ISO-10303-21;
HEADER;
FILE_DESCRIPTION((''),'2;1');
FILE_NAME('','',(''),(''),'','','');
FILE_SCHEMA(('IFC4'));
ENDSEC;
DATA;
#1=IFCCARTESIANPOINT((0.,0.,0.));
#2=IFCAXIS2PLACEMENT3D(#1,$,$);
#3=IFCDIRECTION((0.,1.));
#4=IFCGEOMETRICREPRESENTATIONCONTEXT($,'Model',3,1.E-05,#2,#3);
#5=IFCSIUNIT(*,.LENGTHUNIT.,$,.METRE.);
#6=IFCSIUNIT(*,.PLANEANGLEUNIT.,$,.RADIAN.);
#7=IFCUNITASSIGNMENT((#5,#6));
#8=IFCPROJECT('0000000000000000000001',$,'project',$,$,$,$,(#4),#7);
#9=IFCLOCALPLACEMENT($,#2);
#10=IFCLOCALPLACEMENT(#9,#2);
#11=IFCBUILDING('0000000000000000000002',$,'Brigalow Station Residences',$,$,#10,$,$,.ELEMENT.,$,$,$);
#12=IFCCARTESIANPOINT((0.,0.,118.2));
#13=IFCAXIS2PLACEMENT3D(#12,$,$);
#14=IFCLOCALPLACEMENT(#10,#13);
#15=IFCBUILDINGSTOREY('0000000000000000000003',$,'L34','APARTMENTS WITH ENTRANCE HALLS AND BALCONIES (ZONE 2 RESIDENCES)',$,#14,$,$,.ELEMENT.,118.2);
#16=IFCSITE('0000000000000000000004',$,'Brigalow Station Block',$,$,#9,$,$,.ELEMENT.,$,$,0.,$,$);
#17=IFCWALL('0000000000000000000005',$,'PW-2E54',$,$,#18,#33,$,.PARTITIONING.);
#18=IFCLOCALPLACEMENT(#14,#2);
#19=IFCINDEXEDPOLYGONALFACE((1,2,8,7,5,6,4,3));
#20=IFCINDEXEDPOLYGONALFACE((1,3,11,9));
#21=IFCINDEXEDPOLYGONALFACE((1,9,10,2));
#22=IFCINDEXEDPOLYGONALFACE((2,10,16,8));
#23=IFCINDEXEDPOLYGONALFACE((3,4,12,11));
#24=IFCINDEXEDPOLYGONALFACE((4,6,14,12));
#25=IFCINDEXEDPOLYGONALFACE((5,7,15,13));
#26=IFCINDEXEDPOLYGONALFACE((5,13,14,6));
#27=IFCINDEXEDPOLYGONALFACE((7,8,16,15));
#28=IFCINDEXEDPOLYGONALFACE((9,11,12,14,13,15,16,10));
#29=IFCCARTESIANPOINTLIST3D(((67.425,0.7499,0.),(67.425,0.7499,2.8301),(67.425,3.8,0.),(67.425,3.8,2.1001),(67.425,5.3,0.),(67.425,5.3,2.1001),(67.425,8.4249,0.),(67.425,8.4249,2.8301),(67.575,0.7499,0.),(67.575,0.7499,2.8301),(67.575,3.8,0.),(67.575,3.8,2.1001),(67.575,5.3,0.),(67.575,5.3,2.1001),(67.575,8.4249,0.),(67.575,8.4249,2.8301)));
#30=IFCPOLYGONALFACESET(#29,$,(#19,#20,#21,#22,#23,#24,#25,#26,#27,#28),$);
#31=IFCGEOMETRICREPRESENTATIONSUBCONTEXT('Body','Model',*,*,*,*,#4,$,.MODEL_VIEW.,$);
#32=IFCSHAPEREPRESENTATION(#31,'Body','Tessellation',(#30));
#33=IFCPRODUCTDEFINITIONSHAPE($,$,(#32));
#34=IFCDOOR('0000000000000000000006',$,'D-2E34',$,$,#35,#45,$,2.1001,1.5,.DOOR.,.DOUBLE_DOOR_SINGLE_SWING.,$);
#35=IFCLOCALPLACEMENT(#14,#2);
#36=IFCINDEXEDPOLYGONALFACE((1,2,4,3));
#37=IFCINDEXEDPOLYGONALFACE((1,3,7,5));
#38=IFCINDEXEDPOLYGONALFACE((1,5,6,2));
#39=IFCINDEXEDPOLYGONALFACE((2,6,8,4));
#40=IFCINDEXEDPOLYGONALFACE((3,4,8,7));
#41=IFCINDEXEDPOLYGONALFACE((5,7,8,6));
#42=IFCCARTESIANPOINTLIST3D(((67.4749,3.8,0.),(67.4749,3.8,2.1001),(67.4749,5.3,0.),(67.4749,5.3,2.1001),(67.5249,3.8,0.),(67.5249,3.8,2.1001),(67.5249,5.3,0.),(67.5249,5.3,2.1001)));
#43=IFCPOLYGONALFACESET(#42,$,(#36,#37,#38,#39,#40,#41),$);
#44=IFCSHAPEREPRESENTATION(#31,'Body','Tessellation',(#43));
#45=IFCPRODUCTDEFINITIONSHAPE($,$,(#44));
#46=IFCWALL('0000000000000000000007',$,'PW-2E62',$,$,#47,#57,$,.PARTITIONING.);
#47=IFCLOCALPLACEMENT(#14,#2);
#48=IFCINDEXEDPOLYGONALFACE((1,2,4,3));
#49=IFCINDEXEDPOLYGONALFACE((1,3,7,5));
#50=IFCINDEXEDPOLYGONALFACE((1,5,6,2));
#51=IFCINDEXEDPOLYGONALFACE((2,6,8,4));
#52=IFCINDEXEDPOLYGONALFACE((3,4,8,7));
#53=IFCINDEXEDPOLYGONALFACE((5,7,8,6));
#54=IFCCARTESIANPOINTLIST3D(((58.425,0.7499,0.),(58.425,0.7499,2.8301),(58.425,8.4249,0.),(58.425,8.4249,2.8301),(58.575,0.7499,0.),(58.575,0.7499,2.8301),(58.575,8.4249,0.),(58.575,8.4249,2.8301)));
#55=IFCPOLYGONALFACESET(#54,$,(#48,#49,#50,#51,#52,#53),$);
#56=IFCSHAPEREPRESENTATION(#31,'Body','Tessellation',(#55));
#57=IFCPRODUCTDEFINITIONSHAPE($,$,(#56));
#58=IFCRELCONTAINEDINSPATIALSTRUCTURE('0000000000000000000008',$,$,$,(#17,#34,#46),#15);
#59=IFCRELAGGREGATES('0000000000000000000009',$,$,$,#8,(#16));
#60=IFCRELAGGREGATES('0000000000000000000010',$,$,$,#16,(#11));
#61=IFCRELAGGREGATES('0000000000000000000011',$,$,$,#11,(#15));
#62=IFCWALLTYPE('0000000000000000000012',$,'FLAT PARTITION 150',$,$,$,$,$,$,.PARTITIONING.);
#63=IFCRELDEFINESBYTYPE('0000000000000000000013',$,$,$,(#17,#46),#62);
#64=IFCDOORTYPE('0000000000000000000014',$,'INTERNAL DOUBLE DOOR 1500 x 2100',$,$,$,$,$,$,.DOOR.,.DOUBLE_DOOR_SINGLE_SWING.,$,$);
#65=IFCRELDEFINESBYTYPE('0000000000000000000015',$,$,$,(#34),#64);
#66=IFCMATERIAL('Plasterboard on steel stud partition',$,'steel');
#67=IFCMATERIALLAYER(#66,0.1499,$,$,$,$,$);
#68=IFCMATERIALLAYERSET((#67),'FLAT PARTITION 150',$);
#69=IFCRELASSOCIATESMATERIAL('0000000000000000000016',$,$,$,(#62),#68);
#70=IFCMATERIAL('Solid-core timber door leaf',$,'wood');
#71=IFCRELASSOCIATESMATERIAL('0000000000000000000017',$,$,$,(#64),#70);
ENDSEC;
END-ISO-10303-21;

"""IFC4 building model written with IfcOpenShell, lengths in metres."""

from ifc_helpers import new_model, si_unit, direction, frame, frame_2d, origin, place, context, subcontext, project, spatial, rectangle, extrude, material, layer, layer_set, type_object, element, fill, save


model = new_model("IFC4")

# Units and contexts
model_context = context("Model", 3, precision=1e-05, world=origin(), true_north=direction((0.0, 1.0)))
body_context = subcontext(model_context, "Body", "Model", "MODEL_VIEW")
ifc_project = project(units=[si_unit("LENGTHUNIT", "METRE"), si_unit("PLANEANGLEUNIT", "RADIAN")], contexts=[model_context])

# Site, building, storey
site_placement = place(None, origin())
site = spatial("IfcSite", under=ifc_project, at=site_placement, Name="Brigalow Station Block", CompositionType="ELEMENT", RefElevation=0.0)
building_placement = place(site_placement, origin())
building = spatial("IfcBuilding", under=site, at=building_placement, Name="Brigalow Station Residences", CompositionType="ELEMENT")
storey_placement = place(building_placement, frame((0.0, 0.0, 118.2)))
storey = spatial("IfcBuildingStorey", under=building, at=storey_placement, Name="L34", Description="APARTMENTS WITH ENTRANCE HALLS AND BALCONIES (ZONE 2 RESIDENCES)", CompositionType="ELEMENT", Elevation=118.2)

# Wall, opening, door
ifc_material_1 = material(Name="Plasterboard on steel stud partition", Category="steel")
ifc_layer_1 = layer(ifc_material_1, 0.1499)
ifc_layer_set_1 = layer_set([ifc_layer_1], Name="FLAT PARTITION 150")
wall_type_1 = type_object("IfcWallType", Name="FLAT PARTITION 150", PredefinedType="PARTITIONING", material=ifc_layer_set_1)
wall_1_placement = place(storey_placement, frame((67.5, 0.75, 0.0), z_axis=(0.0, 0.0, 1.0), x_axis=(0.0, 1.0, 0.0)))
wall_1 = element("IfcWall", 1, at=wall_1_placement, inside=storey, type_object=wall_type_1, Name="PW-2E54", PredefinedType="PARTITIONING", context=body_context, shape_type="SweptSolid", body=[
    extrude(rectangle(XDim=7.675, YDim=0.1499, at=frame_2d((3.8374, 0.0))), origin(), (0.0, 0.0, 1.0), 2.8301),
])
opening_1_placement = place(wall_1_placement, frame((3.05, 0.0, 0.0)))
opening_1 = element("IfcOpeningElement", 2, at=opening_1_placement, cuts=wall_1, PredefinedType="OPENING", context=body_context, shape_type="SweptSolid", body=[
    extrude(rectangle(XDim=1.5, YDim=2.1001, at=frame_2d((0.75, 1.05))), frame((0.0, 0.085, 0.0), z_axis=(0.0, -1.0, 0.0), x_axis=(1.0, 0.0, 0.0)), (0.0, 0.0, 1.0), 0.1699),
])
ifc_material_2 = material(Name="Solid-core timber door leaf", Category="wood")
door_type = type_object("IfcDoorType", Name="INTERNAL DOUBLE DOOR 1500 x 2100", OperationType="DOUBLE_DOOR_SINGLE_SWING", PredefinedType="DOOR", material=ifc_material_2)
door_placement = place(opening_1_placement, frame((1.5, 0.0, 0.0), z_axis=(0.0, 0.0, 1.0), x_axis=(-1.0, 0.0, 0.0)))
door = element("IfcDoor", 3, at=door_placement, inside=storey, type_object=door_type, Name="D-2E34", OperationType="DOUBLE_DOOR_SINGLE_SWING", OverallHeight=2.1001, OverallWidth=1.5, PredefinedType="DOOR", context=body_context, shape_type="SweptSolid", body=[
    extrude(rectangle(XDim=1.5, YDim=2.1001, at=frame_2d((0.75, 1.05))), frame((0.0, 0.0249, 0.0), z_axis=(0.0, -1.0, 0.0), x_axis=(1.0, 0.0, 0.0)), (0.0, 0.0, 1.0), 0.05),
])
fill(opening_1, door)

# Wall
wall_2_placement = place(storey_placement, frame((58.5, 0.75, 0.0), z_axis=(0.0, 0.0, 1.0), x_axis=(0.0, 1.0, 0.0)))
element("IfcWall", 4, at=wall_2_placement, inside=storey, type_object=wall_type_1, Name="PW-2E62", PredefinedType="PARTITIONING", context=body_context, shape_type="SweptSolid", body=[
    extrude(rectangle(XDim=7.675, YDim=0.1499, at=frame_2d((3.8374, 0.0))), origin(), (0.0, 0.0, 1.0), 2.8301),
])

save(model, "model.ifc")
